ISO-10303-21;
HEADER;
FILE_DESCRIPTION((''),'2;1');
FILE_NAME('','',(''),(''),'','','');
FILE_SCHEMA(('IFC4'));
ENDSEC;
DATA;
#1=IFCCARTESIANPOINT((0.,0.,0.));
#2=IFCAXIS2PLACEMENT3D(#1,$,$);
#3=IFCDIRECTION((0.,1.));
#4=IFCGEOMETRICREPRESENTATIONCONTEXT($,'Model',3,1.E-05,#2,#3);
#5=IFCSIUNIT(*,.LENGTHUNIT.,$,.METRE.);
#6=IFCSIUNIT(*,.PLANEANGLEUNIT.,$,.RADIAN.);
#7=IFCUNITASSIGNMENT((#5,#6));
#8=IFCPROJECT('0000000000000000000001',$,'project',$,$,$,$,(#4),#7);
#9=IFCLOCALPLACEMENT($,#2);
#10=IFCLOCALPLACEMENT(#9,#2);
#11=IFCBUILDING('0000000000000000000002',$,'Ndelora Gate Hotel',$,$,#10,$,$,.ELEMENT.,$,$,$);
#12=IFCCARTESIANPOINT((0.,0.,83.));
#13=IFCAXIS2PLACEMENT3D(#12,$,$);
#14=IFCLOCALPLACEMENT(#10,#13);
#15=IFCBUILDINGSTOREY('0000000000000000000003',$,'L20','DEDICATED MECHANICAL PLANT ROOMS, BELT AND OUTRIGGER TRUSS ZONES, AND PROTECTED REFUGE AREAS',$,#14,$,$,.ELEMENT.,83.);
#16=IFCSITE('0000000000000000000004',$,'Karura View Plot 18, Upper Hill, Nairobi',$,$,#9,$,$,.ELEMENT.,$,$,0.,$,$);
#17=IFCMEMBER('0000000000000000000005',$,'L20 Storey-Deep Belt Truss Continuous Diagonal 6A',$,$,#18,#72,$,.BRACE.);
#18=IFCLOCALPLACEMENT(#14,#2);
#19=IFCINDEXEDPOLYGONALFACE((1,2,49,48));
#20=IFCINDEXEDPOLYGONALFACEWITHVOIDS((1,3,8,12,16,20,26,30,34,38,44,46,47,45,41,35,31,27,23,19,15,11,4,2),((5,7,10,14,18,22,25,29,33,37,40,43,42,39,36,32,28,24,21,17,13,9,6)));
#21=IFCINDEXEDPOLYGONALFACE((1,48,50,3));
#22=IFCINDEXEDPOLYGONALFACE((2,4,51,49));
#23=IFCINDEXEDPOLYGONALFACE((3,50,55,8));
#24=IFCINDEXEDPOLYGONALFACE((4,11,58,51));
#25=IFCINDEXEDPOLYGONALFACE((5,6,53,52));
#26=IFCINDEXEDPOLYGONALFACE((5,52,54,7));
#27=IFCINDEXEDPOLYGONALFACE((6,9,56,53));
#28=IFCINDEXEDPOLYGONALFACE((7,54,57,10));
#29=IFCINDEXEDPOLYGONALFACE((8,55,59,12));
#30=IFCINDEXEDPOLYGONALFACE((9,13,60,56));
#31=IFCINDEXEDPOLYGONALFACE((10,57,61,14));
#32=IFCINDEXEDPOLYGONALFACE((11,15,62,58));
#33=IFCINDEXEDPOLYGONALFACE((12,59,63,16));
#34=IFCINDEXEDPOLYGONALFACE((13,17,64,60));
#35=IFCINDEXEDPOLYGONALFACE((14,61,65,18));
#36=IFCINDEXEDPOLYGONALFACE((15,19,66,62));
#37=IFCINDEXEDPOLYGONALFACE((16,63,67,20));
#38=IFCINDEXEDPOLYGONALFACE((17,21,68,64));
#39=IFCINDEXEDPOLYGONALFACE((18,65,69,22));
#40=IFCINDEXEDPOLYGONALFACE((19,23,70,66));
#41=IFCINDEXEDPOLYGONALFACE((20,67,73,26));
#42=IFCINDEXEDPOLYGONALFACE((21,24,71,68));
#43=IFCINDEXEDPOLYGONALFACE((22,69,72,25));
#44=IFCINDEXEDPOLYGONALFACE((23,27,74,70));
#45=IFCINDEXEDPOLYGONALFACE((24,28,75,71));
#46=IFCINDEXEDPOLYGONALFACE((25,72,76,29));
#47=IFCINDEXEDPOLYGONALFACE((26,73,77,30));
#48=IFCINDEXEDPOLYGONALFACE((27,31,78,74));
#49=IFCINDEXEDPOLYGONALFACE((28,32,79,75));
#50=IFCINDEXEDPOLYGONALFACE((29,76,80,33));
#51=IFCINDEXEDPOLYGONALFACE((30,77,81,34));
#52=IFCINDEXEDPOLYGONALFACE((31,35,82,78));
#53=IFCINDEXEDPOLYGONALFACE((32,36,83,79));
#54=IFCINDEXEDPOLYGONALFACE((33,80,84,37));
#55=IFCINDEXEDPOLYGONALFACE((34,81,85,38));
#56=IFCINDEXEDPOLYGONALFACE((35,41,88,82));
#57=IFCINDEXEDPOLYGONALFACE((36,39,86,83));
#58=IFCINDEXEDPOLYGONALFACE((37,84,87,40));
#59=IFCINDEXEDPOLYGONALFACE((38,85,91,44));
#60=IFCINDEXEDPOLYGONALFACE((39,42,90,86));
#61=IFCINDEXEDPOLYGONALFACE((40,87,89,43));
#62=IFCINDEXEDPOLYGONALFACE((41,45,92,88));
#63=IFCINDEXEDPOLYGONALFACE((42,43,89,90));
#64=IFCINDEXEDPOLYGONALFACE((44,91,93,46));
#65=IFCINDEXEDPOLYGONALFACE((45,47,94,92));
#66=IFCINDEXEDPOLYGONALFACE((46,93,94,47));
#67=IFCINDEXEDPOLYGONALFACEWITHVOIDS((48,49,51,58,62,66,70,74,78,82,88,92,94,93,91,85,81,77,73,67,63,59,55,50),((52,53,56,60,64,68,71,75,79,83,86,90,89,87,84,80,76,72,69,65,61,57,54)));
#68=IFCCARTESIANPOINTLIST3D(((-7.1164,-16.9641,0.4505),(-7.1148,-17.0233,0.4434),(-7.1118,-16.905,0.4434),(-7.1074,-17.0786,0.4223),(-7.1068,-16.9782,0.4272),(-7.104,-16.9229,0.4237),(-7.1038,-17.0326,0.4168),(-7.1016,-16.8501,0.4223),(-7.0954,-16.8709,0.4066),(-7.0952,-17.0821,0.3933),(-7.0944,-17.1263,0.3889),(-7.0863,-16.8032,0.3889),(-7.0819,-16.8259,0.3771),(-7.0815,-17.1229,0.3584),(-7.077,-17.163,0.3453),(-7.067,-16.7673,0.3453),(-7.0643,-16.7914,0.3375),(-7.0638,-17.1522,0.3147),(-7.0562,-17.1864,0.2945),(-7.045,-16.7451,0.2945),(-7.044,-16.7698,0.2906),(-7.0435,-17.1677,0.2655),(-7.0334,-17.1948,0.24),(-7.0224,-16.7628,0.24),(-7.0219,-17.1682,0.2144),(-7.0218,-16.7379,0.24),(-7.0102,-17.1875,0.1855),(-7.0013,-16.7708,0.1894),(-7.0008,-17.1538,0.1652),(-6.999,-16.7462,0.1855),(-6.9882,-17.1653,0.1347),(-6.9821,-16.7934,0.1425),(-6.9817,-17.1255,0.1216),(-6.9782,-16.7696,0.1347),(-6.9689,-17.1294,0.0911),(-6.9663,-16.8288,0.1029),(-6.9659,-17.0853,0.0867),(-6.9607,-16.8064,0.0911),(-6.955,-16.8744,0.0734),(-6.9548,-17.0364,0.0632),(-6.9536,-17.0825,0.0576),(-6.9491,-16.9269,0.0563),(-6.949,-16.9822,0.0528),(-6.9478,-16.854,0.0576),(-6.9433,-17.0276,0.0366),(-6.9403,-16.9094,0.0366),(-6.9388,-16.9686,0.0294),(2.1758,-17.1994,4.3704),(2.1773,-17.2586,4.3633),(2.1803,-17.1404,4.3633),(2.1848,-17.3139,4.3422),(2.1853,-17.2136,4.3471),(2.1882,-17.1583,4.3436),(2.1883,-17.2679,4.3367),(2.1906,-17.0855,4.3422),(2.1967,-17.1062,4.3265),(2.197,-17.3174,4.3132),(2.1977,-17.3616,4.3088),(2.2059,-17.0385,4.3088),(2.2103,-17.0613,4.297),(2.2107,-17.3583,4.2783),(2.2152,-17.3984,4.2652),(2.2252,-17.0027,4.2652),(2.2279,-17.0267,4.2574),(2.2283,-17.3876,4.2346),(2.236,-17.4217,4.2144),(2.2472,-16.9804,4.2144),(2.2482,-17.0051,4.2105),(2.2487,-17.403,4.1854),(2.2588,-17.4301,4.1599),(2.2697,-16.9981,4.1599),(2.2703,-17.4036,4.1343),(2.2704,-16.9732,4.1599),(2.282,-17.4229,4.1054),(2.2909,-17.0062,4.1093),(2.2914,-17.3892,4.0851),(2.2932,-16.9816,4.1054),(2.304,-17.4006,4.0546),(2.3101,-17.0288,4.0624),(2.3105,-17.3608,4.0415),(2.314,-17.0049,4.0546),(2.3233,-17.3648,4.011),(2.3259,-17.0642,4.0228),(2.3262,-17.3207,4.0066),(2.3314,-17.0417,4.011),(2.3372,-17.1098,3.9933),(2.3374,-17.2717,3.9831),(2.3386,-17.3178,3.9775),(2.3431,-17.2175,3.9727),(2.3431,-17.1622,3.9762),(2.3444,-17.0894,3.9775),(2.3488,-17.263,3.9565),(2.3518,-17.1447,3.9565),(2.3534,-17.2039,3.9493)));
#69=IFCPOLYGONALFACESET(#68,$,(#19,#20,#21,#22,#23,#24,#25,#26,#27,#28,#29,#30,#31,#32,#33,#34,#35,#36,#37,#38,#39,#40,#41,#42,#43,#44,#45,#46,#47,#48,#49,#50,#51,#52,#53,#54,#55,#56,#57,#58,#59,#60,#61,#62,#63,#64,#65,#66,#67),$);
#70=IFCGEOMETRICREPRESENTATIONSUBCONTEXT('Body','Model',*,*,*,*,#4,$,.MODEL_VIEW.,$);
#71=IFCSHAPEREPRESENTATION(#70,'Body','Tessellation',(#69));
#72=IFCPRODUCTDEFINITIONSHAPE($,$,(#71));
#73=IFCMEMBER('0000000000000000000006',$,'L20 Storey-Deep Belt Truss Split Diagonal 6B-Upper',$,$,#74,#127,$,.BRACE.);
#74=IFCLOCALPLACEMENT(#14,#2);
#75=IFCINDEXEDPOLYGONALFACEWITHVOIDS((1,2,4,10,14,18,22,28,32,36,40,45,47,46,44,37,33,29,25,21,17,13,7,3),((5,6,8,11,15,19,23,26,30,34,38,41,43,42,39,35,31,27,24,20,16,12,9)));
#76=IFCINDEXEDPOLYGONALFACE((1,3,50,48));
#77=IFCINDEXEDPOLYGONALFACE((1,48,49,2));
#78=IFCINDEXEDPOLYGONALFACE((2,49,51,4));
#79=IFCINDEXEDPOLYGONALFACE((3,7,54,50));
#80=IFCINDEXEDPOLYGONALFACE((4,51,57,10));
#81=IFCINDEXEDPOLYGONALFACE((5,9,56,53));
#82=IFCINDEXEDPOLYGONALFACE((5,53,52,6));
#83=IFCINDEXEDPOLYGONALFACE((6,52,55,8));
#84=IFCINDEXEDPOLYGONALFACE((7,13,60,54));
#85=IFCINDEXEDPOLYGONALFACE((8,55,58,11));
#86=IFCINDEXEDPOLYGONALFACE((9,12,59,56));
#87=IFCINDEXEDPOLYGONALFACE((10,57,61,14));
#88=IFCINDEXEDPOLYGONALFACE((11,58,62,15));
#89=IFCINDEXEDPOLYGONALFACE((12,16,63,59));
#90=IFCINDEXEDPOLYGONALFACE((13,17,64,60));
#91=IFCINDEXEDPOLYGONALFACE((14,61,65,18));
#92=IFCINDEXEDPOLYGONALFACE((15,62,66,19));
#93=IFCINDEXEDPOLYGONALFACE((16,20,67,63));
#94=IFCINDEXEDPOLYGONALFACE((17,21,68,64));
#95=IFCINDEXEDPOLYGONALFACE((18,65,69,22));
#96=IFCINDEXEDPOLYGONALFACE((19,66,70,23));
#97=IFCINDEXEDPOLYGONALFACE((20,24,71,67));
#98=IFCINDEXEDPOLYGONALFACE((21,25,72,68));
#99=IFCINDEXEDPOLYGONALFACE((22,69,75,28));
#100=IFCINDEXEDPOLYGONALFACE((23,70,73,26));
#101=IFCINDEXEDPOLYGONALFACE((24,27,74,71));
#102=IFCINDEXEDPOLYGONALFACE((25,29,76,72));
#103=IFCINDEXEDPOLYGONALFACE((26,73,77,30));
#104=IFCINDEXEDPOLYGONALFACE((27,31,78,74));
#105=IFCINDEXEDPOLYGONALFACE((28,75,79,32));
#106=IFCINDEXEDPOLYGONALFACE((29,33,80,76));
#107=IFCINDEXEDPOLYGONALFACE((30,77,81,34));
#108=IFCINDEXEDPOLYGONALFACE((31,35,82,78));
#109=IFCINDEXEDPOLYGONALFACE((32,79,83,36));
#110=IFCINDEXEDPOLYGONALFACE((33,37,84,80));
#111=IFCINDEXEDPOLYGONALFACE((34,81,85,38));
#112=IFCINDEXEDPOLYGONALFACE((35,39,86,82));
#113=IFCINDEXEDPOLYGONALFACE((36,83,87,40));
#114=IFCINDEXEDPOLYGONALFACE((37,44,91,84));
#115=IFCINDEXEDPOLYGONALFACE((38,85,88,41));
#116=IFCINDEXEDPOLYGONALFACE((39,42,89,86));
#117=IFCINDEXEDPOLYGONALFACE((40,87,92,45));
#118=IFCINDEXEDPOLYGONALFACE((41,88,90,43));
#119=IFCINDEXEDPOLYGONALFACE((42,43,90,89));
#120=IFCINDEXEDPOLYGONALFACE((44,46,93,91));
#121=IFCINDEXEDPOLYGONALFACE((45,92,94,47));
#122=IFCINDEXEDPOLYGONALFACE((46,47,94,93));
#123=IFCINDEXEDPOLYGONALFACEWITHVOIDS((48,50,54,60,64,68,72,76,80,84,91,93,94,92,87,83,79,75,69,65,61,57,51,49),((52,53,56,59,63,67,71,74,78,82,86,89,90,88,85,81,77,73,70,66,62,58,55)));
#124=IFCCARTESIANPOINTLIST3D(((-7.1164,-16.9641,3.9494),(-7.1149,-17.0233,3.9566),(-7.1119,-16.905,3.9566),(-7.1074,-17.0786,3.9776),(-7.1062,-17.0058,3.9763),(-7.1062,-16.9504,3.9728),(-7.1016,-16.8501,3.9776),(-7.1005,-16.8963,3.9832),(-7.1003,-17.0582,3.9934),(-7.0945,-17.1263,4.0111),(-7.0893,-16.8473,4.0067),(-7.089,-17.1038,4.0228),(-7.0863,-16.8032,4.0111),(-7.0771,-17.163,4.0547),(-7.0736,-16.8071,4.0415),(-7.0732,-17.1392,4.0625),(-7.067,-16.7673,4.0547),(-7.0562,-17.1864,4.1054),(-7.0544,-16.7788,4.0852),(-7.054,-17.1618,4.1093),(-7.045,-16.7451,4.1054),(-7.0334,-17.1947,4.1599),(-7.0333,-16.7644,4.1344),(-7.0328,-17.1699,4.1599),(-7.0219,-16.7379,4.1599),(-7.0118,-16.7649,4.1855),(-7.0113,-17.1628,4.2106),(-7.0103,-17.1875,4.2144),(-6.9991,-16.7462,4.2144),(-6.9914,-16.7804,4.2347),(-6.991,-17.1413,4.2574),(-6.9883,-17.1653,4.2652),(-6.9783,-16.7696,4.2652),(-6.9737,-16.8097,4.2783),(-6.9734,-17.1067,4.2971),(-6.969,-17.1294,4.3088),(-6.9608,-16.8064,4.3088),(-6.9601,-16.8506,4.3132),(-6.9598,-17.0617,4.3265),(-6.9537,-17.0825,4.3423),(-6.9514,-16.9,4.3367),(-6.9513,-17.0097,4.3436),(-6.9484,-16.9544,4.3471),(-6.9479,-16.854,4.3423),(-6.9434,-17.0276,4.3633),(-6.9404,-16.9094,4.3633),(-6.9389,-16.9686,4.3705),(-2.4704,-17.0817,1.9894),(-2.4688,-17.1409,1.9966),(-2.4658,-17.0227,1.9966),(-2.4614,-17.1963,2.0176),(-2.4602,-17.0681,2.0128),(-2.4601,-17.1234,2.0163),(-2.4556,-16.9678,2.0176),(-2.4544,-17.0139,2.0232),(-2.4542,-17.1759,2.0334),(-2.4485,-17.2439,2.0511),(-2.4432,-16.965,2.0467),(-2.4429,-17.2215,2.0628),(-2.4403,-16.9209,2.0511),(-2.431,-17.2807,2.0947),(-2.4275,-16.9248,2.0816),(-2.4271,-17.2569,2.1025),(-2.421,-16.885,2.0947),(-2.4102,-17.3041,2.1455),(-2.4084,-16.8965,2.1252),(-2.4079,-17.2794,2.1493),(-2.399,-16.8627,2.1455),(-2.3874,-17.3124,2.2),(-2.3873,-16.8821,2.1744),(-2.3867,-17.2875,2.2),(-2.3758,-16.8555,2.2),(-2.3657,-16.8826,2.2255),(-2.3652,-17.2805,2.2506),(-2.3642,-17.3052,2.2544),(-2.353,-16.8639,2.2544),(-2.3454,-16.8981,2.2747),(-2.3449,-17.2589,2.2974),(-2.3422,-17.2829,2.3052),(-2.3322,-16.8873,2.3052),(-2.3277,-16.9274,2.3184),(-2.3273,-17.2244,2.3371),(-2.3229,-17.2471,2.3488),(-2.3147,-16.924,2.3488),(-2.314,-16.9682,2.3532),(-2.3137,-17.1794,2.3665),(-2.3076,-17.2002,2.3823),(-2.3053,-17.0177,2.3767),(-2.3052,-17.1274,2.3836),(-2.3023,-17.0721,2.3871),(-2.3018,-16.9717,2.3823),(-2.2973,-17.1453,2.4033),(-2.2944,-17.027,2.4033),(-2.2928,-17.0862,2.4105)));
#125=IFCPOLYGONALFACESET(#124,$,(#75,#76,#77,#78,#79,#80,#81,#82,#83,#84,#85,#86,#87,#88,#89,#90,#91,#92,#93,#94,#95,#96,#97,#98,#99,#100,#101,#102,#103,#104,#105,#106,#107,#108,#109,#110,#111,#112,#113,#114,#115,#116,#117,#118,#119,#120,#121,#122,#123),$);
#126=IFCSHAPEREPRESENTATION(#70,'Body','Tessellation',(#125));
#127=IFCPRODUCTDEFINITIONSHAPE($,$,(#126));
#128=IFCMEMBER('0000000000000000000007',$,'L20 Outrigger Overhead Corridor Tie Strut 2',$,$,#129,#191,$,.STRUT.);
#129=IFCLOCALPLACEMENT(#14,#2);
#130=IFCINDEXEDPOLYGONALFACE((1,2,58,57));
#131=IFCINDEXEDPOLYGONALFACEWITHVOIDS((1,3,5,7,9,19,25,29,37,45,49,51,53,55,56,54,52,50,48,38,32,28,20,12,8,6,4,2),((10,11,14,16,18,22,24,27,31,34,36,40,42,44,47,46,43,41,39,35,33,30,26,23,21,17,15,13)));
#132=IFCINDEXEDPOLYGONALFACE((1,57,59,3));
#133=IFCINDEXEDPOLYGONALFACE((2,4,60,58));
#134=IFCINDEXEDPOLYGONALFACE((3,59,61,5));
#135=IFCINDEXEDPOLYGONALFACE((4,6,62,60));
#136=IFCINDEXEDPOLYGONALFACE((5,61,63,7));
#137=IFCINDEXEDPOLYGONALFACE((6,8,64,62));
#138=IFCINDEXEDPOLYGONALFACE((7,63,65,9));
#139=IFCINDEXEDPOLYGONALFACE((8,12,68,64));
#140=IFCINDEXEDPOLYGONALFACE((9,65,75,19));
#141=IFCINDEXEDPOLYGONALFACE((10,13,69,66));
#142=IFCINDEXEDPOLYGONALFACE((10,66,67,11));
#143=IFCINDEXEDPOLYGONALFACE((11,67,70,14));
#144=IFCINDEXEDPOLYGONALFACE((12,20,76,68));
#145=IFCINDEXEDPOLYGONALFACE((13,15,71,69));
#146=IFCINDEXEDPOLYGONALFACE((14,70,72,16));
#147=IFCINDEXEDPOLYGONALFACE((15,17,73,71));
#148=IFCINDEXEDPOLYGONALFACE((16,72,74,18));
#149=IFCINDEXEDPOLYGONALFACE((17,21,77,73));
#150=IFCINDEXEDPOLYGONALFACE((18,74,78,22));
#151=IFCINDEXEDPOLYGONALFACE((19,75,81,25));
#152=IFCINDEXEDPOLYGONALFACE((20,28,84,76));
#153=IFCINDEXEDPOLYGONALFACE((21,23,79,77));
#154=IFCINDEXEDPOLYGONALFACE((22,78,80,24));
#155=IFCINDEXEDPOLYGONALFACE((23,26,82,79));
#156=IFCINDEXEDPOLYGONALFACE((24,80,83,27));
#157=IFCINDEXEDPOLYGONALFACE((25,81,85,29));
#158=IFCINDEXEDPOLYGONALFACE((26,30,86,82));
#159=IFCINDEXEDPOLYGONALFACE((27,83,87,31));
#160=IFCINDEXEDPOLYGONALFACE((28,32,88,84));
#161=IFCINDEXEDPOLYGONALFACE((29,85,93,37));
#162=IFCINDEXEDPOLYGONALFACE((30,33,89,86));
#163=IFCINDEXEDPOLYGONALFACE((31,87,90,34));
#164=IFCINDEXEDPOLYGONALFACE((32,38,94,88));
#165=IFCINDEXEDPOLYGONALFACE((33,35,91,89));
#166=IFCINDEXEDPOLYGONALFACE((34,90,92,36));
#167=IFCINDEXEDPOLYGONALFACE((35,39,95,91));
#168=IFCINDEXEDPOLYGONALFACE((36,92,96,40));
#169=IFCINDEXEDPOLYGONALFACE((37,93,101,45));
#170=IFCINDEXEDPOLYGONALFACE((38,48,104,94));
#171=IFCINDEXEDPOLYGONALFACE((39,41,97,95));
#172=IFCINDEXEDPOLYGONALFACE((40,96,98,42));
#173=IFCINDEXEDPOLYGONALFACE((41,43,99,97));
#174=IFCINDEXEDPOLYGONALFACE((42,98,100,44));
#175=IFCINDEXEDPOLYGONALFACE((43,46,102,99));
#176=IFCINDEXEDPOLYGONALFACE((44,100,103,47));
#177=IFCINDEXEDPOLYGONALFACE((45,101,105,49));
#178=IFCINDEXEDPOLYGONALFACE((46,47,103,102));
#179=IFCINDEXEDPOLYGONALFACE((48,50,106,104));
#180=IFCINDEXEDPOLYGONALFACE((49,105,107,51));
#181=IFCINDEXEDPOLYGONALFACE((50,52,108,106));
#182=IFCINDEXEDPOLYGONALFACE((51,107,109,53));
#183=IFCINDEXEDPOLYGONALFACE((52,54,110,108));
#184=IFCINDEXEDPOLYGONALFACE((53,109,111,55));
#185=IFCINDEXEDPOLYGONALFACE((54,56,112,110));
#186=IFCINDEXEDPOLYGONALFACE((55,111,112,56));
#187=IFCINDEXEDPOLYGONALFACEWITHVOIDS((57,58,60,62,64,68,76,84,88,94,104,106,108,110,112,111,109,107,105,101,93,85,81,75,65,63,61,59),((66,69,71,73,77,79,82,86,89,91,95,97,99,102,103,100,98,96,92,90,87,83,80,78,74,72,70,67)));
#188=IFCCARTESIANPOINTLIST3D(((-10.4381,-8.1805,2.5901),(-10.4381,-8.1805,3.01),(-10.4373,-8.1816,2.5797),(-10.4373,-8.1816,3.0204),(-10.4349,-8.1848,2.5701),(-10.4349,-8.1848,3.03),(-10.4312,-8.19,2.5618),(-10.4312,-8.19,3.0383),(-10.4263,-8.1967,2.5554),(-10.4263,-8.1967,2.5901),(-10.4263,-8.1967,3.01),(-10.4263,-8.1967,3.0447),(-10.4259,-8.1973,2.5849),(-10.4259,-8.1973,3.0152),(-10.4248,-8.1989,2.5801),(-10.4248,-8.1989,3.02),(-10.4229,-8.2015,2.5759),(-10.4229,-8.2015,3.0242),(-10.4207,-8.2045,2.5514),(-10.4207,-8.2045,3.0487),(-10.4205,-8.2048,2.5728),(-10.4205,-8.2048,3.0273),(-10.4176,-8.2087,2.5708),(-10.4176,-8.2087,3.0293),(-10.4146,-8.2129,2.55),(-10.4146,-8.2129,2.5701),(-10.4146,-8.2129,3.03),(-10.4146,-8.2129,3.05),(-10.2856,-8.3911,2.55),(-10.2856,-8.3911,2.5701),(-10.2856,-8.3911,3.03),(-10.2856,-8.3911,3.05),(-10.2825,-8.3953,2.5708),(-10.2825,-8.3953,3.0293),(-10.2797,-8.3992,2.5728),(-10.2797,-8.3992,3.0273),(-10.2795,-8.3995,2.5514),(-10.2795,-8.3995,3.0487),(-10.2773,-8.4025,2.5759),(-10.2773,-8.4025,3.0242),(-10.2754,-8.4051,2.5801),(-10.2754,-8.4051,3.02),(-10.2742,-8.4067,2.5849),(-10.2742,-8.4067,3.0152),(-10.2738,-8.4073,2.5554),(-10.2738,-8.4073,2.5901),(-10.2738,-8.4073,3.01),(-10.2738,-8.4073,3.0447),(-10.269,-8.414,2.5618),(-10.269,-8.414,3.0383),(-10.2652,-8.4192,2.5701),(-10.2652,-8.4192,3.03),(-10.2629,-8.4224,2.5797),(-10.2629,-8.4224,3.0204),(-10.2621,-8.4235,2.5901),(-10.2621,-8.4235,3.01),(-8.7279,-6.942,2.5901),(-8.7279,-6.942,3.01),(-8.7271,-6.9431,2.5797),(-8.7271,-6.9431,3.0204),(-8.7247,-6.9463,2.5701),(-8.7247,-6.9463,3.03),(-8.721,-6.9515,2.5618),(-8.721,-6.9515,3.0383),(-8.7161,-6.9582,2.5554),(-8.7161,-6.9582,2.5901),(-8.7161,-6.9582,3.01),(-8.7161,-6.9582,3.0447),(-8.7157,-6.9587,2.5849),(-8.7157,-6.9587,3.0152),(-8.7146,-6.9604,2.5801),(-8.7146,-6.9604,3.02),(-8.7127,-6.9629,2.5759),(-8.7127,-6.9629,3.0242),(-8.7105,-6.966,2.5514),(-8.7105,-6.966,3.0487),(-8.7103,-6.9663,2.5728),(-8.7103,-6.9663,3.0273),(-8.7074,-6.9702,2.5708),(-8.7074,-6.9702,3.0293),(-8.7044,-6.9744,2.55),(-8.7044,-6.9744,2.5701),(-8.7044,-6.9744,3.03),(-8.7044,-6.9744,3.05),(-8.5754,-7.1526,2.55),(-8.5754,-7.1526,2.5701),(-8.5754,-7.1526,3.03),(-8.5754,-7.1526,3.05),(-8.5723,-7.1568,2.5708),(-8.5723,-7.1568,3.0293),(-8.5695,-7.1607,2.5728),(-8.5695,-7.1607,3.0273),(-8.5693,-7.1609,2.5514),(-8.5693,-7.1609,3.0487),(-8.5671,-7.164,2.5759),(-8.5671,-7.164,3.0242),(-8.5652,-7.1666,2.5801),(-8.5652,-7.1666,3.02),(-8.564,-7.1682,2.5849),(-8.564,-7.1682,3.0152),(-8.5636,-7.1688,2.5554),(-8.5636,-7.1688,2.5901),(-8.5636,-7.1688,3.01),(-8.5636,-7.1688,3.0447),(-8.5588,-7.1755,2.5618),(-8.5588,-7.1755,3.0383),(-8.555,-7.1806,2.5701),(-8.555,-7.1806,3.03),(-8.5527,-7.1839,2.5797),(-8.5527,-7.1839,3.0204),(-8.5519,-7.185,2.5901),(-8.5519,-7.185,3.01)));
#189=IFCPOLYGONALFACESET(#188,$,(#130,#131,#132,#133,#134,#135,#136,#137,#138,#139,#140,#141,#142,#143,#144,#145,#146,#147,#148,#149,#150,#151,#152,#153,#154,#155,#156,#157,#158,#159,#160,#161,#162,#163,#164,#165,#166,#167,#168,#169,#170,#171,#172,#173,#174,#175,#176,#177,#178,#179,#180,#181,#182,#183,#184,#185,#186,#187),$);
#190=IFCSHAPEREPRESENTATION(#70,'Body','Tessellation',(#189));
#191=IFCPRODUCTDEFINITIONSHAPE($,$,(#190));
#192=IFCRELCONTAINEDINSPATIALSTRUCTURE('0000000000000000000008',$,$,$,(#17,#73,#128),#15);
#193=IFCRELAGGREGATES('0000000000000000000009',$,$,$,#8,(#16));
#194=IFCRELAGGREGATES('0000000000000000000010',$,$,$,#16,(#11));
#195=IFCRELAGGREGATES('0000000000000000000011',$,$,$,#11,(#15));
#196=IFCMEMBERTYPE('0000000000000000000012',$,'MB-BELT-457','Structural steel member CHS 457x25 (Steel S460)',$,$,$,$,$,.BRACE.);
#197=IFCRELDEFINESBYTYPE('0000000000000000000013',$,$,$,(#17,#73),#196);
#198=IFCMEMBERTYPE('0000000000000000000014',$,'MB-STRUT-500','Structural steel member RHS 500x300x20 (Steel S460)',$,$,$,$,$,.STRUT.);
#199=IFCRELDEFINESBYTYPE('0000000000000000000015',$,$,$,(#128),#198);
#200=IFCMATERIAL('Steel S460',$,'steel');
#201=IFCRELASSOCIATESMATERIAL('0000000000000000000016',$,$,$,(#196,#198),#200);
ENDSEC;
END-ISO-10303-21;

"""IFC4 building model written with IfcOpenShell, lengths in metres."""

from ifc_helpers import new_model, si_unit, direction, frame, origin, origin_2d, place, context, subcontext, project, spatial, hollow_rectangle, hollow_circle, extrude, material, material_profile, profile_set, type_object, element, save


model = new_model("IFC4")

# Units and contexts
model_context = context("Model", 3, precision=1e-05, world=origin(), true_north=direction((0.0, 1.0)))
body_context = subcontext(model_context, "Body", "Model", "MODEL_VIEW")
ifc_project = project(units=[si_unit("LENGTHUNIT", "METRE"), si_unit("PLANEANGLEUNIT", "RADIAN")], contexts=[model_context])

# Site, building, storey
site_placement = place(None, origin())
site = spatial("IfcSite", under=ifc_project, at=site_placement, Name="Karura View Plot 18, Upper Hill, Nairobi", CompositionType="ELEMENT", RefElevation=0.0)
building_placement = place(site_placement, origin())
building = spatial("IfcBuilding", under=site, at=building_placement, Name="Ndelora Gate Hotel", CompositionType="ELEMENT")
storey_placement = place(building_placement, frame((0.0, 0.0, 83.0)))
storey = spatial("IfcBuildingStorey", under=building, at=storey_placement, Name="L20", Description="DEDICATED MECHANICAL PLANT ROOMS, BELT AND OUTRIGGER TRUSS ZONES, AND PROTECTED REFUGE AREAS", CompositionType="ELEMENT", Elevation=83.0)

# Shared definitions
ifc_material_1 = material(Name="Steel S460", Category="steel")

# Members
ifc_material_profile_1 = material_profile(ifc_material_1, hollow_circle(Radius=0.2285, WallThickness=0.0249, at=origin_2d()), Name="CHS 457x25")
ifc_profile_set_1 = profile_set([ifc_material_profile_1], Name="Steel S460")
member_type_1 = type_object("IfcMemberType", Name="MB-BELT-457", Description="Structural steel member CHS 457x25 (Steel S460)", PredefinedType="BRACE", material=ifc_profile_set_1)
member_1_placement = place(storey_placement, frame((-7.0276, -16.9663, 0.24), z_axis=(0.921122, -0.02333, 0.388574), x_axis=(0.02532, 0.999679, 0.0)))
element("IfcMember", 1, at=member_1_placement, inside=storey, type_object=member_type_1, Name="L20 Storey-Deep Belt Truss Continuous Diagonal 6A", PredefinedType="BRACE", context=body_context, shape_type="SweptSolid", body=[
    extrude(hollow_circle(Radius=0.2285, WallThickness=0.0249, at=origin_2d()), origin(), (0.0, 0.0, 1.0), 10.0879),
])
member_2_placement = place(storey_placement, frame((-2.3816, -17.084, 2.2), z_axis=(-0.921118, 0.02333, 0.388583), x_axis=(-0.02532, -0.999679, 0.0)))
element("IfcMember", 2, at=member_2_placement, inside=storey, type_object=member_type_1, Name="L20 Storey-Deep Belt Truss Split Diagonal 6B-Upper", PredefinedType="BRACE", context=body_context, shape_type="SweptSolid", body=[
    extrude(hollow_circle(Radius=0.2285, WallThickness=0.0249, at=origin_2d()), origin(), (0.0, 0.0, 1.0), 5.0439),
])
ifc_material_profile_2 = material_profile(ifc_material_1, hollow_rectangle(XDim=0.3, YDim=0.5, WallThickness=0.02, InnerFilletRadius=0.02, OuterFilletRadius=0.04, at=origin_2d()), Name="RHS 500x300x20")
ifc_profile_set_2 = profile_set([ifc_material_profile_2], Name="Steel S460")
member_type_2 = type_object("IfcMemberType", Name="MB-STRUT-500", Description="Structural steel member RHS 500x300x20 (Steel S460)", PredefinedType="STRUT", material=ifc_profile_set_2)
member_3_placement = place(storey_placement, frame((-8.6399, -7.0635, 2.8), z_axis=(-0.809919, -0.586541, 0.0), x_axis=(0.586541, -0.809919, 0.0)))
element("IfcMember", 3, at=member_3_placement, inside=storey, type_object=member_type_2, Name="L20 Outrigger Overhead Corridor Tie Strut 2", PredefinedType="STRUT", context=body_context, shape_type="SweptSolid", body=[
    extrude(hollow_rectangle(XDim=0.3, YDim=0.5, WallThickness=0.02, InnerFilletRadius=0.02, OuterFilletRadius=0.04, at=origin_2d()), origin(), (0.0, 0.0, 1.0), 2.1116),
])

save(model, "model.ifc")
